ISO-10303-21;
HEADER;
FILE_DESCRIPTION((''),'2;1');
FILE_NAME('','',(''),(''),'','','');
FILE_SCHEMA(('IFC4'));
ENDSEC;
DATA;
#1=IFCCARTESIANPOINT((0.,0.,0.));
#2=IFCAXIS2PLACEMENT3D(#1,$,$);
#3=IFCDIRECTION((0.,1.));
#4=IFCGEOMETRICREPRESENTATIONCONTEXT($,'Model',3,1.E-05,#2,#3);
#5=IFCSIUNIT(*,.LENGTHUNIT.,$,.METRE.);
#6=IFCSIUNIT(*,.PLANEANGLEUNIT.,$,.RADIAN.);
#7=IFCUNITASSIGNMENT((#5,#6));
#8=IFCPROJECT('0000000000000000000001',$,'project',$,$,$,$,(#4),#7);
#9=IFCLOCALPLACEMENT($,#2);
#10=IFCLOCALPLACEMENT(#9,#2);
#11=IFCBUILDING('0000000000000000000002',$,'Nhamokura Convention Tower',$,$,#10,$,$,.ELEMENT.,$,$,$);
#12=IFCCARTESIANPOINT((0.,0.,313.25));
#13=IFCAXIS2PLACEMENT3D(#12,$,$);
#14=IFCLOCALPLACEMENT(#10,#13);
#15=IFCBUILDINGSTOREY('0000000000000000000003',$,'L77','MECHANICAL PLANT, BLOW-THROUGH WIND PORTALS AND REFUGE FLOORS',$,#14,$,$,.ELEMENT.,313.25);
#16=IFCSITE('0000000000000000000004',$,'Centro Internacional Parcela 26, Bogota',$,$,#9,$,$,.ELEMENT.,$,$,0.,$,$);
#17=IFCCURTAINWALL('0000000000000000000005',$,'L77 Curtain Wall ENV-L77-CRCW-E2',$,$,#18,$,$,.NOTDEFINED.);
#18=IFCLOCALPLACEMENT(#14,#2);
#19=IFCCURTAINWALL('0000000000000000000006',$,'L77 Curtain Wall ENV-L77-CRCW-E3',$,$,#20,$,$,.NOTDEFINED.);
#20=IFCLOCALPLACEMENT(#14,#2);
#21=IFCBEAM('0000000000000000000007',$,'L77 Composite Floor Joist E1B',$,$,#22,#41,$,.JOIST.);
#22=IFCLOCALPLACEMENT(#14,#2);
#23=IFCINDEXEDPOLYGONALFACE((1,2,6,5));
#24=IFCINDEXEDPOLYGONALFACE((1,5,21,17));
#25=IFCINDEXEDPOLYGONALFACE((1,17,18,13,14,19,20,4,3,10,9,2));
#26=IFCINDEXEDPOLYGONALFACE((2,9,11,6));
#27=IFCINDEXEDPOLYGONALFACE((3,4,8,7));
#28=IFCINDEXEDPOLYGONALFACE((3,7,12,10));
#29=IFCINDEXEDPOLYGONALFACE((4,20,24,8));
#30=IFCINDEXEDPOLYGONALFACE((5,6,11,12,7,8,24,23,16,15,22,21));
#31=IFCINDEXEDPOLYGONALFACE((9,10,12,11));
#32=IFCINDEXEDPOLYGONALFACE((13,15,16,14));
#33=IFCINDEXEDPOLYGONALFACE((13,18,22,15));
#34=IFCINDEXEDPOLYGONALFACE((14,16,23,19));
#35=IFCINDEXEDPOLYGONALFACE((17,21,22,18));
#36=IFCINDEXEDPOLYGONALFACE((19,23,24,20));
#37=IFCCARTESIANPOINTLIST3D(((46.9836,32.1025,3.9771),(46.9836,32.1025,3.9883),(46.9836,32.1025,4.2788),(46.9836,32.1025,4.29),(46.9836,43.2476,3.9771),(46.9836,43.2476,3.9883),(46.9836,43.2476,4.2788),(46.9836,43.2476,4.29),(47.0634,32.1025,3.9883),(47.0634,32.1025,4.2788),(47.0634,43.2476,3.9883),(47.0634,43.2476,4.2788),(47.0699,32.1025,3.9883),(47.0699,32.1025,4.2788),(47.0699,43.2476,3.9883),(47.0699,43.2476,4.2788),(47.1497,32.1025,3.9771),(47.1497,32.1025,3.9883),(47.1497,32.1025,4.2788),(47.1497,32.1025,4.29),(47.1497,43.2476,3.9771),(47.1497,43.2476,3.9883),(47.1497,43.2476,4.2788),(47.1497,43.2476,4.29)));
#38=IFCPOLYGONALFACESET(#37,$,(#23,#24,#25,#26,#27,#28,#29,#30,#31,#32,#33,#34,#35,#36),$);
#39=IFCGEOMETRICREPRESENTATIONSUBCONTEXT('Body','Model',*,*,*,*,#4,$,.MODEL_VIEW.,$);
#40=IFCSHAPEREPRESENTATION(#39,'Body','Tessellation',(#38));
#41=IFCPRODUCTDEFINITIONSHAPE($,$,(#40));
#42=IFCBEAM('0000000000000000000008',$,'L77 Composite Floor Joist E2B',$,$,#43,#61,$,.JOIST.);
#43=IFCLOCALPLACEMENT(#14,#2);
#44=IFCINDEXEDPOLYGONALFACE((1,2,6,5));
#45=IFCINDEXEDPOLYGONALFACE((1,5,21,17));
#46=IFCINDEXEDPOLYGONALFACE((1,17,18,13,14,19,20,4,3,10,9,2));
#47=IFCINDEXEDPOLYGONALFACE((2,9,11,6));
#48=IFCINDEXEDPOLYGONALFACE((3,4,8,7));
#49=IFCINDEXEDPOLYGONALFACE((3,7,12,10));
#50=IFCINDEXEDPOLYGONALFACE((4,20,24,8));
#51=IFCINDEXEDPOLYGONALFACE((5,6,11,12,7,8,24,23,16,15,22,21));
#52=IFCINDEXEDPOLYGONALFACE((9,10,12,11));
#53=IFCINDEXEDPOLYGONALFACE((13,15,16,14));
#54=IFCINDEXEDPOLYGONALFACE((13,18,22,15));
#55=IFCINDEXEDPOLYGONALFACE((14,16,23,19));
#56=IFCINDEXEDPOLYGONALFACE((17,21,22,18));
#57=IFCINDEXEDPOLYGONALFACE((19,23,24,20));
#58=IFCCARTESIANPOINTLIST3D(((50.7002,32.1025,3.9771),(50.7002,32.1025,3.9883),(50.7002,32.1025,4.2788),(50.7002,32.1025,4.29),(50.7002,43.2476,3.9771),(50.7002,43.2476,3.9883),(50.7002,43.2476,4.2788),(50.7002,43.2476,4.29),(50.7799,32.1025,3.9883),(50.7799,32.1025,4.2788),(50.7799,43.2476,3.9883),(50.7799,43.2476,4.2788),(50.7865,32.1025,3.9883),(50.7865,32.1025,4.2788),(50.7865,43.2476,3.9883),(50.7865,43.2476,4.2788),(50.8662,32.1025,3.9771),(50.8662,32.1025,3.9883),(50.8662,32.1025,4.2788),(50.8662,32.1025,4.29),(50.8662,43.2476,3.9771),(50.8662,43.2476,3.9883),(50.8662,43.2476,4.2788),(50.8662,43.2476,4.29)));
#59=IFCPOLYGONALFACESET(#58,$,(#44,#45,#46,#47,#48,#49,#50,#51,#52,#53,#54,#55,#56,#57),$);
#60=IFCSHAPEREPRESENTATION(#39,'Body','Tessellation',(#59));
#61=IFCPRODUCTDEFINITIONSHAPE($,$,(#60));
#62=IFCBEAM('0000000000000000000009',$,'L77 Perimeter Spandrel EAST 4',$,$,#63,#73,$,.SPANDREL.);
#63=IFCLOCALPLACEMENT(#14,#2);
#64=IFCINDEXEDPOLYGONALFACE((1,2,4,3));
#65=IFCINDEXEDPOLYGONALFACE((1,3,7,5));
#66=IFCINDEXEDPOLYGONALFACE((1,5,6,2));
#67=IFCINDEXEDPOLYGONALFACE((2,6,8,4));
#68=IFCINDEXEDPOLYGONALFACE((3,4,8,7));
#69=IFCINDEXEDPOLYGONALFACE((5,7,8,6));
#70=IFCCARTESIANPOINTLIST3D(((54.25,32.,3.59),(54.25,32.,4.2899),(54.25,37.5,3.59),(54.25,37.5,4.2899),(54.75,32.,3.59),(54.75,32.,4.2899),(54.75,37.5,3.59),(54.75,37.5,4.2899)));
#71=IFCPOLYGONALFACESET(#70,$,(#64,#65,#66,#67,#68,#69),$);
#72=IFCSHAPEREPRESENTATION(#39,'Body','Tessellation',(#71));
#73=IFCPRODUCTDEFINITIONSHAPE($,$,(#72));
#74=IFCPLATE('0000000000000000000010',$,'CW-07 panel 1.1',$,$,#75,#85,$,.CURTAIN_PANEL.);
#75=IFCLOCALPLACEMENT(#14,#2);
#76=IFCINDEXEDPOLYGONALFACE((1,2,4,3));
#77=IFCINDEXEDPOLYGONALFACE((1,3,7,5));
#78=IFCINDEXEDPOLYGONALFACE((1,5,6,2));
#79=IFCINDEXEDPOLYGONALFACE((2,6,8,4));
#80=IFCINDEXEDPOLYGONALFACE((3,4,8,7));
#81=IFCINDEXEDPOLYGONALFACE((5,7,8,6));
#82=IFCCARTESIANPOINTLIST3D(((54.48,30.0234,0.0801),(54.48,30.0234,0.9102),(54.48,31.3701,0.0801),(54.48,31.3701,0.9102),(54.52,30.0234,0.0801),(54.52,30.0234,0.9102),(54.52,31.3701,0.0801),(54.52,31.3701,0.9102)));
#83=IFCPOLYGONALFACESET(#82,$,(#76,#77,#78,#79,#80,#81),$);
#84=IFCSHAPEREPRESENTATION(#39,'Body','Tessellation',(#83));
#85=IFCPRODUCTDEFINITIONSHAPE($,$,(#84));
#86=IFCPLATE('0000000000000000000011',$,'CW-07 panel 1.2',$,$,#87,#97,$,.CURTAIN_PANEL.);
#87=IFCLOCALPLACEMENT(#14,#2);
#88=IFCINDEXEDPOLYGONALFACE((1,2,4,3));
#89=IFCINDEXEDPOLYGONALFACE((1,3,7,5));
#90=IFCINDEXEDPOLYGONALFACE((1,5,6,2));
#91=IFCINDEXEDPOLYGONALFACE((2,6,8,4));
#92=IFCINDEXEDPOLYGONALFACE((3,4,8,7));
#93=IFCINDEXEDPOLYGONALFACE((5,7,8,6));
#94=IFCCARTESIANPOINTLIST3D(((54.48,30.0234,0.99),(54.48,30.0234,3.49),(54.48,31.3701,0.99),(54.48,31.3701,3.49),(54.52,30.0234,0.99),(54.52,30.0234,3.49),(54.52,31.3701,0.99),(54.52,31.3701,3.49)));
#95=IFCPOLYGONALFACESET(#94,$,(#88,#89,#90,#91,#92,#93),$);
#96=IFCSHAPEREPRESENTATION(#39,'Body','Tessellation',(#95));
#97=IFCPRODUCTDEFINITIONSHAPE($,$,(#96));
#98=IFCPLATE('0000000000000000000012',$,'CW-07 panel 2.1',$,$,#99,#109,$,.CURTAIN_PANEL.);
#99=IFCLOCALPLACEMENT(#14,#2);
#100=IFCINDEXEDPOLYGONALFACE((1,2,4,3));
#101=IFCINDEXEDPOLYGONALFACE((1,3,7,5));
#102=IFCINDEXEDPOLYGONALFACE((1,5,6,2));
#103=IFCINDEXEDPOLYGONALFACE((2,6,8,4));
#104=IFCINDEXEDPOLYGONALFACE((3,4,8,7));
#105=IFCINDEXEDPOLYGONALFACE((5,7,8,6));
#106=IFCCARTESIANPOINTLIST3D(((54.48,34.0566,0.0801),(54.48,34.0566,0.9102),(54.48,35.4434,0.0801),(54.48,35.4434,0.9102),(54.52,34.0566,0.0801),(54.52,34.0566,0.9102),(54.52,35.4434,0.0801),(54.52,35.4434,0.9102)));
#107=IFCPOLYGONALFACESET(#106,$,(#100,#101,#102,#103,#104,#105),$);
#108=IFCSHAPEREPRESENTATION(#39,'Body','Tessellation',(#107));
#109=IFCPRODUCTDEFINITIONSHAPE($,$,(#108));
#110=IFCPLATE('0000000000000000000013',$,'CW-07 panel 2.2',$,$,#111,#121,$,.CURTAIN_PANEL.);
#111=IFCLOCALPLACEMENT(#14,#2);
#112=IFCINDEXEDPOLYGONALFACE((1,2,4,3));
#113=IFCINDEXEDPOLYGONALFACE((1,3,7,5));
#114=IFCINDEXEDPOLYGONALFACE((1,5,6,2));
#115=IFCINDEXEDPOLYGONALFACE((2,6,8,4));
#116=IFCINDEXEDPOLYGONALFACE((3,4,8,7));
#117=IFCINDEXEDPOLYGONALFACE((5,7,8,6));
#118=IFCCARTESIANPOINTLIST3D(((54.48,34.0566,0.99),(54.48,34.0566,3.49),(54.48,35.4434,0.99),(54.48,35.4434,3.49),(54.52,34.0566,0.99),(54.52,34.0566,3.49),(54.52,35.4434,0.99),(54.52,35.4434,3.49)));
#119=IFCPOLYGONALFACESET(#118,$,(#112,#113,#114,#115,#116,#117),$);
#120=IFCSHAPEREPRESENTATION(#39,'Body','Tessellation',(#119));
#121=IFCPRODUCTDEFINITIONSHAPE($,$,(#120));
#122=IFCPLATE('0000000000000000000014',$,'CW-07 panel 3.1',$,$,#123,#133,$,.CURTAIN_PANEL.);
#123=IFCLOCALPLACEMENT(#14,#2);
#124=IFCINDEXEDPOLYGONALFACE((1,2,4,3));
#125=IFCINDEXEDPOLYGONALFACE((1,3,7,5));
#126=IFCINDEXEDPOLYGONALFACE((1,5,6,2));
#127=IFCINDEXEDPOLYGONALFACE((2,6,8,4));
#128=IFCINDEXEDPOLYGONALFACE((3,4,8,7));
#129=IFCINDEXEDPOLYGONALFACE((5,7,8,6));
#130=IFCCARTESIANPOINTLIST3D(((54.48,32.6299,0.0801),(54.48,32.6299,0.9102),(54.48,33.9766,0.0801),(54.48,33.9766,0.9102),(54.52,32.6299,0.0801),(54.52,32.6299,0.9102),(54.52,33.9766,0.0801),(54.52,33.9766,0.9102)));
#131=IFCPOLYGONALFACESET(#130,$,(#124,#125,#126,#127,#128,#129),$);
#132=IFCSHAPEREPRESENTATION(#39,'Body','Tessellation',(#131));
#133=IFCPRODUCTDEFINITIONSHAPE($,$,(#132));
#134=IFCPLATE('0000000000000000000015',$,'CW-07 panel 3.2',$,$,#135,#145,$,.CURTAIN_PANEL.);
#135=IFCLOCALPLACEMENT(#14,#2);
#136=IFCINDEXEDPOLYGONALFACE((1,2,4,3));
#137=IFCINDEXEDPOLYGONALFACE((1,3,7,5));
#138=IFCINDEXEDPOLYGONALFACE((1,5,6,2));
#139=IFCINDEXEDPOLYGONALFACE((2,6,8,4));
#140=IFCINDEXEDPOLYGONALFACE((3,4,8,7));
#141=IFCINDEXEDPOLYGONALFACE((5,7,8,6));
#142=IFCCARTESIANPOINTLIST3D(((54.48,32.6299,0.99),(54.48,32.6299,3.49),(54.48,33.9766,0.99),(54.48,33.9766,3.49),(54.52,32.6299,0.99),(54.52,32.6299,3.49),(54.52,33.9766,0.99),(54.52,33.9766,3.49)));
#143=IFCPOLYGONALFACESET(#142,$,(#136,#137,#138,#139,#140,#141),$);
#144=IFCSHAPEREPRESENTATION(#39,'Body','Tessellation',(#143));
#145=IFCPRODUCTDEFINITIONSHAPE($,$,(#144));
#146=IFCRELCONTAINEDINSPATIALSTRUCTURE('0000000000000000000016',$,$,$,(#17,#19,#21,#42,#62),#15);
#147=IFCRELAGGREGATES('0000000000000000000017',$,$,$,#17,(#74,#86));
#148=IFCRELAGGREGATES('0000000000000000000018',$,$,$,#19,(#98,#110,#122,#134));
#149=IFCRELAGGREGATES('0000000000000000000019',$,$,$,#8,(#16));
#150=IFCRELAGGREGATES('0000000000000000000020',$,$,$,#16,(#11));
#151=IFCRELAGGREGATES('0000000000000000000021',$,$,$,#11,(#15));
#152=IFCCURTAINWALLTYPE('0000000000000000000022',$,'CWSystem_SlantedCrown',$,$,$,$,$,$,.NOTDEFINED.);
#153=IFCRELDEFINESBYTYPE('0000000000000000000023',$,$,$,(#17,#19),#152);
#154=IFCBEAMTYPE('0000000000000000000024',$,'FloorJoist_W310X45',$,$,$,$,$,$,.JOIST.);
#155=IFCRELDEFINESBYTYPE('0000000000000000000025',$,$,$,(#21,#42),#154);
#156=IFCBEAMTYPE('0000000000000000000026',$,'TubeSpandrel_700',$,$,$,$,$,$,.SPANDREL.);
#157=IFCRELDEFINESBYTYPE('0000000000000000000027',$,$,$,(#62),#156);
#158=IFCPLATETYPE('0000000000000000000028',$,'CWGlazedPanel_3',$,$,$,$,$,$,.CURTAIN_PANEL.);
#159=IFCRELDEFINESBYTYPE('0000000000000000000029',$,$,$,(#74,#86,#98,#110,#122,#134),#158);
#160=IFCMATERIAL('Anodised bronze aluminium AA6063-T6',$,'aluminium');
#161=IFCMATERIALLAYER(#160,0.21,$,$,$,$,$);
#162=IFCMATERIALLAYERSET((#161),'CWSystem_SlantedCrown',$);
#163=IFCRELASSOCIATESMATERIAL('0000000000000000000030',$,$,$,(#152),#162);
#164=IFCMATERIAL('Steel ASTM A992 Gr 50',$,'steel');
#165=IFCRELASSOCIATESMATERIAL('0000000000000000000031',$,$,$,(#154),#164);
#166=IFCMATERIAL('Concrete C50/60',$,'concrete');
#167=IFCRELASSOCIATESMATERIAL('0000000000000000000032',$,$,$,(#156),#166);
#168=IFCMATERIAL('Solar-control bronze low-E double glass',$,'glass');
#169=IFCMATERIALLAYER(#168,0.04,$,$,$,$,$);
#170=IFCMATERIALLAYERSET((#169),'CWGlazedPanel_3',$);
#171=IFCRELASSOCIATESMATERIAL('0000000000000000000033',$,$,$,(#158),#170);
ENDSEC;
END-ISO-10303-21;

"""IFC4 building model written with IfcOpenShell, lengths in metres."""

from ifc_helpers import new_model, si_unit, direction, frame, origin, origin_2d, place, context, subcontext, project, spatial, rectangle, i_section, extrude, material, layer, layer_set, material_profile, profile_set, type_object, element, aggregate, save


model = new_model("IFC4")

# Units and contexts
model_context = context("Model", 3, precision=1e-05, world=origin(), true_north=direction((0.0, 1.0)))
body_context = subcontext(model_context, "Body", "Model", "MODEL_VIEW")
ifc_project = project(units=[si_unit("LENGTHUNIT", "METRE"), si_unit("PLANEANGLEUNIT", "RADIAN")], contexts=[model_context])

# Site, building, storey
site_placement = place(None, origin())
site = spatial("IfcSite", under=ifc_project, at=site_placement, Name="Centro Internacional Parcela 26, Bogota", CompositionType="ELEMENT", RefElevation=0.0)
building_placement = place(site_placement, origin())
building = spatial("IfcBuilding", under=site, at=building_placement, Name="Nhamokura Convention Tower", CompositionType="ELEMENT")
storey_placement = place(building_placement, frame((0.0, 0.0, 313.25)))
storey = spatial("IfcBuildingStorey", under=building, at=storey_placement, Name="L77", Description="MECHANICAL PLANT, BLOW-THROUGH WIND PORTALS AND REFUGE FLOORS", CompositionType="ELEMENT", Elevation=313.25)

# Curtain wall
ifc_material_1 = material(Name="Anodised bronze aluminium AA6063-T6", Category="aluminium")
ifc_layer_1 = layer(ifc_material_1, 0.21)
ifc_layer_set_1 = layer_set([ifc_layer_1], Name="CWSystem_SlantedCrown")
curtain_wall_type = type_object("IfcCurtainWallType", Name="CWSystem_SlantedCrown", PredefinedType="NOTDEFINED", material=ifc_layer_set_1)
curtain_wall_1_placement = place(storey_placement, origin())
curtain_wall_1 = element("IfcCurtainWall", 1, at=curtain_wall_1_placement, inside=storey, type_object=curtain_wall_type, Name="L77 Curtain Wall ENV-L77-CRCW-E2", PredefinedType="NOTDEFINED")

# Curtain wall
curtain_wall_2_placement = place(storey_placement, origin())
curtain_wall_2 = element("IfcCurtainWall", 2, at=curtain_wall_2_placement, inside=storey, type_object=curtain_wall_type, Name="L77 Curtain Wall ENV-L77-CRCW-E3", PredefinedType="NOTDEFINED")

# Beams
ifc_material_2 = material(Name="Steel ASTM A992 Gr 50", Category="steel")
ifc_material_profile_1 = material_profile(ifc_material_2, i_section(OverallWidth=0.166, OverallDepth=0.313, WebThickness=0.0066, FlangeThickness=0.0112, at=origin_2d()))
ifc_profile_set_1 = profile_set([ifc_material_profile_1], Name="Steel ASTM A992 Gr 50")
beam_type_1 = type_object("IfcBeamType", Name="FloorJoist_W310X45", PredefinedType="JOIST", material=ifc_profile_set_1)
for number, where, z_axis, x_axis, name in (
    (3, (47.0667, 32.1025, 4.1335), (0.0, 1.0, 0.0), (-1.0, 0.0, 0.0), "L77 Composite Floor Joist E1B"),
    (4, (50.7832, 32.1025, 4.1335), (0.0, 1.0, 0.0), (-1.0, 0.0, 0.0), "L77 Composite Floor Joist E2B"),
):
    element("IfcBeam", number, at=place(storey_placement, frame(where, z_axis=z_axis, x_axis=x_axis)), inside=storey, type_object=beam_type_1, Name=name, PredefinedType="JOIST", context=body_context, shape_type="SweptSolid", body=[
        extrude(i_section(OverallWidth=0.166, OverallDepth=0.313, WebThickness=0.0066, FlangeThickness=0.0112, at=origin_2d()), origin(), (0.0, 0.0, 1.0), 11.145),
    ])
ifc_material_3 = material(Name="Concrete C50/60", Category="concrete")
ifc_material_profile_2 = material_profile(ifc_material_3, rectangle(XDim=0.5, YDim=0.7, at=origin_2d()))
ifc_profile_set_2 = profile_set([ifc_material_profile_2], Name="Concrete C50/60")
beam_type_2 = type_object("IfcBeamType", Name="TubeSpandrel_700", PredefinedType="SPANDREL", material=ifc_profile_set_2)
beam_placement = place(storey_placement, frame((54.5, 32.0, 3.9399), z_axis=(0.0, 1.0, 0.0), x_axis=(-1.0, 0.0, 0.0)))
element("IfcBeam", 5, at=beam_placement, inside=storey, type_object=beam_type_2, Name="L77 Perimeter Spandrel EAST 4", PredefinedType="SPANDREL", context=body_context, shape_type="SweptSolid", body=[
    extrude(rectangle(XDim=0.5, YDim=0.7, at=origin_2d()), origin(), (0.0, 0.0, 1.0), 5.5),
])

# Plates
ifc_material_4 = material(Name="Solar-control bronze low-E double glass", Category="glass")
ifc_layer_2 = layer(ifc_material_4, 0.04)
ifc_layer_set_2 = layer_set([ifc_layer_2], Name="CWGlazedPanel_3")
plate_type = type_object("IfcPlateType", Name="CWGlazedPanel_3", PredefinedType="CURTAIN_PANEL", material=ifc_layer_set_2)
plate_1_placement = place(storey_placement, frame((54.5, 30.6968, 0.0801), z_axis=(0.0, 0.0, 1.0), x_axis=(0.0, -1.0, 0.0)))
plate_1 = element("IfcPlate", 6, at=plate_1_placement, type_object=plate_type, Name="CW-07 panel 1.1", PredefinedType="CURTAIN_PANEL", context=body_context, shape_type="SweptSolid", body=[
    extrude(rectangle(XDim=1.3467, YDim=0.04, at=origin_2d()), origin(), (0.0, 0.0, 1.0), 0.8301),
])
plate_2_placement = place(storey_placement, frame((54.5, 30.6968, 0.99), z_axis=(0.0, 0.0, 1.0), x_axis=(0.0, -1.0, 0.0)))
plate_2 = element("IfcPlate", 7, at=plate_2_placement, type_object=plate_type, Name="CW-07 panel 1.2", PredefinedType="CURTAIN_PANEL", context=body_context, shape_type="SweptSolid", body=[
    extrude(rectangle(XDim=1.3467, YDim=0.04, at=origin_2d()), origin(), (0.0, 0.0, 1.0), 2.5),
])
aggregate(curtain_wall_1, [plate_1, plate_2])
plate_3_placement = place(storey_placement, frame((54.5, 34.75, 0.0801), z_axis=(0.0, 0.0, 1.0), x_axis=(0.0, -1.0, 0.0)))
plate_3 = element("IfcPlate", 8, at=plate_3_placement, type_object=plate_type, Name="CW-07 panel 2.1", PredefinedType="CURTAIN_PANEL", context=body_context, shape_type="SweptSolid", body=[
    extrude(rectangle(XDim=1.3867, YDim=0.04, at=origin_2d()), origin(), (0.0, 0.0, 1.0), 0.8301),
])
plate_4_placement = place(storey_placement, frame((54.5, 34.75, 0.99), z_axis=(0.0, 0.0, 1.0), x_axis=(0.0, -1.0, 0.0)))
plate_4 = element("IfcPlate", 9, at=plate_4_placement, type_object=plate_type, Name="CW-07 panel 2.2", PredefinedType="CURTAIN_PANEL", context=body_context, shape_type="SweptSolid", body=[
    extrude(rectangle(XDim=1.3867, YDim=0.04, at=origin_2d()), origin(), (0.0, 0.0, 1.0), 2.5),
])
plate_5_placement = place(storey_placement, frame((54.5, 33.3032, 0.0801), z_axis=(0.0, 0.0, 1.0), x_axis=(0.0, -1.0, 0.0)))
plate_5 = element("IfcPlate", 10, at=plate_5_placement, type_object=plate_type, Name="CW-07 panel 3.1", PredefinedType="CURTAIN_PANEL", context=body_context, shape_type="SweptSolid", body=[
    extrude(rectangle(XDim=1.3467, YDim=0.04, at=origin_2d()), origin(), (0.0, 0.0, 1.0), 0.8301),
])
plate_6_placement = place(storey_placement, frame((54.5, 33.3032, 0.99), z_axis=(0.0, 0.0, 1.0), x_axis=(0.0, -1.0, 0.0)))
plate_6 = element("IfcPlate", 11, at=plate_6_placement, type_object=plate_type, Name="CW-07 panel 3.2", PredefinedType="CURTAIN_PANEL", context=body_context, shape_type="SweptSolid", body=[
    extrude(rectangle(XDim=1.3467, YDim=0.04, at=origin_2d()), origin(), (0.0, 0.0, 1.0), 2.5),
])
aggregate(curtain_wall_2, [plate_3, plate_4, plate_5, plate_6])

save(model, "model.ifc")
